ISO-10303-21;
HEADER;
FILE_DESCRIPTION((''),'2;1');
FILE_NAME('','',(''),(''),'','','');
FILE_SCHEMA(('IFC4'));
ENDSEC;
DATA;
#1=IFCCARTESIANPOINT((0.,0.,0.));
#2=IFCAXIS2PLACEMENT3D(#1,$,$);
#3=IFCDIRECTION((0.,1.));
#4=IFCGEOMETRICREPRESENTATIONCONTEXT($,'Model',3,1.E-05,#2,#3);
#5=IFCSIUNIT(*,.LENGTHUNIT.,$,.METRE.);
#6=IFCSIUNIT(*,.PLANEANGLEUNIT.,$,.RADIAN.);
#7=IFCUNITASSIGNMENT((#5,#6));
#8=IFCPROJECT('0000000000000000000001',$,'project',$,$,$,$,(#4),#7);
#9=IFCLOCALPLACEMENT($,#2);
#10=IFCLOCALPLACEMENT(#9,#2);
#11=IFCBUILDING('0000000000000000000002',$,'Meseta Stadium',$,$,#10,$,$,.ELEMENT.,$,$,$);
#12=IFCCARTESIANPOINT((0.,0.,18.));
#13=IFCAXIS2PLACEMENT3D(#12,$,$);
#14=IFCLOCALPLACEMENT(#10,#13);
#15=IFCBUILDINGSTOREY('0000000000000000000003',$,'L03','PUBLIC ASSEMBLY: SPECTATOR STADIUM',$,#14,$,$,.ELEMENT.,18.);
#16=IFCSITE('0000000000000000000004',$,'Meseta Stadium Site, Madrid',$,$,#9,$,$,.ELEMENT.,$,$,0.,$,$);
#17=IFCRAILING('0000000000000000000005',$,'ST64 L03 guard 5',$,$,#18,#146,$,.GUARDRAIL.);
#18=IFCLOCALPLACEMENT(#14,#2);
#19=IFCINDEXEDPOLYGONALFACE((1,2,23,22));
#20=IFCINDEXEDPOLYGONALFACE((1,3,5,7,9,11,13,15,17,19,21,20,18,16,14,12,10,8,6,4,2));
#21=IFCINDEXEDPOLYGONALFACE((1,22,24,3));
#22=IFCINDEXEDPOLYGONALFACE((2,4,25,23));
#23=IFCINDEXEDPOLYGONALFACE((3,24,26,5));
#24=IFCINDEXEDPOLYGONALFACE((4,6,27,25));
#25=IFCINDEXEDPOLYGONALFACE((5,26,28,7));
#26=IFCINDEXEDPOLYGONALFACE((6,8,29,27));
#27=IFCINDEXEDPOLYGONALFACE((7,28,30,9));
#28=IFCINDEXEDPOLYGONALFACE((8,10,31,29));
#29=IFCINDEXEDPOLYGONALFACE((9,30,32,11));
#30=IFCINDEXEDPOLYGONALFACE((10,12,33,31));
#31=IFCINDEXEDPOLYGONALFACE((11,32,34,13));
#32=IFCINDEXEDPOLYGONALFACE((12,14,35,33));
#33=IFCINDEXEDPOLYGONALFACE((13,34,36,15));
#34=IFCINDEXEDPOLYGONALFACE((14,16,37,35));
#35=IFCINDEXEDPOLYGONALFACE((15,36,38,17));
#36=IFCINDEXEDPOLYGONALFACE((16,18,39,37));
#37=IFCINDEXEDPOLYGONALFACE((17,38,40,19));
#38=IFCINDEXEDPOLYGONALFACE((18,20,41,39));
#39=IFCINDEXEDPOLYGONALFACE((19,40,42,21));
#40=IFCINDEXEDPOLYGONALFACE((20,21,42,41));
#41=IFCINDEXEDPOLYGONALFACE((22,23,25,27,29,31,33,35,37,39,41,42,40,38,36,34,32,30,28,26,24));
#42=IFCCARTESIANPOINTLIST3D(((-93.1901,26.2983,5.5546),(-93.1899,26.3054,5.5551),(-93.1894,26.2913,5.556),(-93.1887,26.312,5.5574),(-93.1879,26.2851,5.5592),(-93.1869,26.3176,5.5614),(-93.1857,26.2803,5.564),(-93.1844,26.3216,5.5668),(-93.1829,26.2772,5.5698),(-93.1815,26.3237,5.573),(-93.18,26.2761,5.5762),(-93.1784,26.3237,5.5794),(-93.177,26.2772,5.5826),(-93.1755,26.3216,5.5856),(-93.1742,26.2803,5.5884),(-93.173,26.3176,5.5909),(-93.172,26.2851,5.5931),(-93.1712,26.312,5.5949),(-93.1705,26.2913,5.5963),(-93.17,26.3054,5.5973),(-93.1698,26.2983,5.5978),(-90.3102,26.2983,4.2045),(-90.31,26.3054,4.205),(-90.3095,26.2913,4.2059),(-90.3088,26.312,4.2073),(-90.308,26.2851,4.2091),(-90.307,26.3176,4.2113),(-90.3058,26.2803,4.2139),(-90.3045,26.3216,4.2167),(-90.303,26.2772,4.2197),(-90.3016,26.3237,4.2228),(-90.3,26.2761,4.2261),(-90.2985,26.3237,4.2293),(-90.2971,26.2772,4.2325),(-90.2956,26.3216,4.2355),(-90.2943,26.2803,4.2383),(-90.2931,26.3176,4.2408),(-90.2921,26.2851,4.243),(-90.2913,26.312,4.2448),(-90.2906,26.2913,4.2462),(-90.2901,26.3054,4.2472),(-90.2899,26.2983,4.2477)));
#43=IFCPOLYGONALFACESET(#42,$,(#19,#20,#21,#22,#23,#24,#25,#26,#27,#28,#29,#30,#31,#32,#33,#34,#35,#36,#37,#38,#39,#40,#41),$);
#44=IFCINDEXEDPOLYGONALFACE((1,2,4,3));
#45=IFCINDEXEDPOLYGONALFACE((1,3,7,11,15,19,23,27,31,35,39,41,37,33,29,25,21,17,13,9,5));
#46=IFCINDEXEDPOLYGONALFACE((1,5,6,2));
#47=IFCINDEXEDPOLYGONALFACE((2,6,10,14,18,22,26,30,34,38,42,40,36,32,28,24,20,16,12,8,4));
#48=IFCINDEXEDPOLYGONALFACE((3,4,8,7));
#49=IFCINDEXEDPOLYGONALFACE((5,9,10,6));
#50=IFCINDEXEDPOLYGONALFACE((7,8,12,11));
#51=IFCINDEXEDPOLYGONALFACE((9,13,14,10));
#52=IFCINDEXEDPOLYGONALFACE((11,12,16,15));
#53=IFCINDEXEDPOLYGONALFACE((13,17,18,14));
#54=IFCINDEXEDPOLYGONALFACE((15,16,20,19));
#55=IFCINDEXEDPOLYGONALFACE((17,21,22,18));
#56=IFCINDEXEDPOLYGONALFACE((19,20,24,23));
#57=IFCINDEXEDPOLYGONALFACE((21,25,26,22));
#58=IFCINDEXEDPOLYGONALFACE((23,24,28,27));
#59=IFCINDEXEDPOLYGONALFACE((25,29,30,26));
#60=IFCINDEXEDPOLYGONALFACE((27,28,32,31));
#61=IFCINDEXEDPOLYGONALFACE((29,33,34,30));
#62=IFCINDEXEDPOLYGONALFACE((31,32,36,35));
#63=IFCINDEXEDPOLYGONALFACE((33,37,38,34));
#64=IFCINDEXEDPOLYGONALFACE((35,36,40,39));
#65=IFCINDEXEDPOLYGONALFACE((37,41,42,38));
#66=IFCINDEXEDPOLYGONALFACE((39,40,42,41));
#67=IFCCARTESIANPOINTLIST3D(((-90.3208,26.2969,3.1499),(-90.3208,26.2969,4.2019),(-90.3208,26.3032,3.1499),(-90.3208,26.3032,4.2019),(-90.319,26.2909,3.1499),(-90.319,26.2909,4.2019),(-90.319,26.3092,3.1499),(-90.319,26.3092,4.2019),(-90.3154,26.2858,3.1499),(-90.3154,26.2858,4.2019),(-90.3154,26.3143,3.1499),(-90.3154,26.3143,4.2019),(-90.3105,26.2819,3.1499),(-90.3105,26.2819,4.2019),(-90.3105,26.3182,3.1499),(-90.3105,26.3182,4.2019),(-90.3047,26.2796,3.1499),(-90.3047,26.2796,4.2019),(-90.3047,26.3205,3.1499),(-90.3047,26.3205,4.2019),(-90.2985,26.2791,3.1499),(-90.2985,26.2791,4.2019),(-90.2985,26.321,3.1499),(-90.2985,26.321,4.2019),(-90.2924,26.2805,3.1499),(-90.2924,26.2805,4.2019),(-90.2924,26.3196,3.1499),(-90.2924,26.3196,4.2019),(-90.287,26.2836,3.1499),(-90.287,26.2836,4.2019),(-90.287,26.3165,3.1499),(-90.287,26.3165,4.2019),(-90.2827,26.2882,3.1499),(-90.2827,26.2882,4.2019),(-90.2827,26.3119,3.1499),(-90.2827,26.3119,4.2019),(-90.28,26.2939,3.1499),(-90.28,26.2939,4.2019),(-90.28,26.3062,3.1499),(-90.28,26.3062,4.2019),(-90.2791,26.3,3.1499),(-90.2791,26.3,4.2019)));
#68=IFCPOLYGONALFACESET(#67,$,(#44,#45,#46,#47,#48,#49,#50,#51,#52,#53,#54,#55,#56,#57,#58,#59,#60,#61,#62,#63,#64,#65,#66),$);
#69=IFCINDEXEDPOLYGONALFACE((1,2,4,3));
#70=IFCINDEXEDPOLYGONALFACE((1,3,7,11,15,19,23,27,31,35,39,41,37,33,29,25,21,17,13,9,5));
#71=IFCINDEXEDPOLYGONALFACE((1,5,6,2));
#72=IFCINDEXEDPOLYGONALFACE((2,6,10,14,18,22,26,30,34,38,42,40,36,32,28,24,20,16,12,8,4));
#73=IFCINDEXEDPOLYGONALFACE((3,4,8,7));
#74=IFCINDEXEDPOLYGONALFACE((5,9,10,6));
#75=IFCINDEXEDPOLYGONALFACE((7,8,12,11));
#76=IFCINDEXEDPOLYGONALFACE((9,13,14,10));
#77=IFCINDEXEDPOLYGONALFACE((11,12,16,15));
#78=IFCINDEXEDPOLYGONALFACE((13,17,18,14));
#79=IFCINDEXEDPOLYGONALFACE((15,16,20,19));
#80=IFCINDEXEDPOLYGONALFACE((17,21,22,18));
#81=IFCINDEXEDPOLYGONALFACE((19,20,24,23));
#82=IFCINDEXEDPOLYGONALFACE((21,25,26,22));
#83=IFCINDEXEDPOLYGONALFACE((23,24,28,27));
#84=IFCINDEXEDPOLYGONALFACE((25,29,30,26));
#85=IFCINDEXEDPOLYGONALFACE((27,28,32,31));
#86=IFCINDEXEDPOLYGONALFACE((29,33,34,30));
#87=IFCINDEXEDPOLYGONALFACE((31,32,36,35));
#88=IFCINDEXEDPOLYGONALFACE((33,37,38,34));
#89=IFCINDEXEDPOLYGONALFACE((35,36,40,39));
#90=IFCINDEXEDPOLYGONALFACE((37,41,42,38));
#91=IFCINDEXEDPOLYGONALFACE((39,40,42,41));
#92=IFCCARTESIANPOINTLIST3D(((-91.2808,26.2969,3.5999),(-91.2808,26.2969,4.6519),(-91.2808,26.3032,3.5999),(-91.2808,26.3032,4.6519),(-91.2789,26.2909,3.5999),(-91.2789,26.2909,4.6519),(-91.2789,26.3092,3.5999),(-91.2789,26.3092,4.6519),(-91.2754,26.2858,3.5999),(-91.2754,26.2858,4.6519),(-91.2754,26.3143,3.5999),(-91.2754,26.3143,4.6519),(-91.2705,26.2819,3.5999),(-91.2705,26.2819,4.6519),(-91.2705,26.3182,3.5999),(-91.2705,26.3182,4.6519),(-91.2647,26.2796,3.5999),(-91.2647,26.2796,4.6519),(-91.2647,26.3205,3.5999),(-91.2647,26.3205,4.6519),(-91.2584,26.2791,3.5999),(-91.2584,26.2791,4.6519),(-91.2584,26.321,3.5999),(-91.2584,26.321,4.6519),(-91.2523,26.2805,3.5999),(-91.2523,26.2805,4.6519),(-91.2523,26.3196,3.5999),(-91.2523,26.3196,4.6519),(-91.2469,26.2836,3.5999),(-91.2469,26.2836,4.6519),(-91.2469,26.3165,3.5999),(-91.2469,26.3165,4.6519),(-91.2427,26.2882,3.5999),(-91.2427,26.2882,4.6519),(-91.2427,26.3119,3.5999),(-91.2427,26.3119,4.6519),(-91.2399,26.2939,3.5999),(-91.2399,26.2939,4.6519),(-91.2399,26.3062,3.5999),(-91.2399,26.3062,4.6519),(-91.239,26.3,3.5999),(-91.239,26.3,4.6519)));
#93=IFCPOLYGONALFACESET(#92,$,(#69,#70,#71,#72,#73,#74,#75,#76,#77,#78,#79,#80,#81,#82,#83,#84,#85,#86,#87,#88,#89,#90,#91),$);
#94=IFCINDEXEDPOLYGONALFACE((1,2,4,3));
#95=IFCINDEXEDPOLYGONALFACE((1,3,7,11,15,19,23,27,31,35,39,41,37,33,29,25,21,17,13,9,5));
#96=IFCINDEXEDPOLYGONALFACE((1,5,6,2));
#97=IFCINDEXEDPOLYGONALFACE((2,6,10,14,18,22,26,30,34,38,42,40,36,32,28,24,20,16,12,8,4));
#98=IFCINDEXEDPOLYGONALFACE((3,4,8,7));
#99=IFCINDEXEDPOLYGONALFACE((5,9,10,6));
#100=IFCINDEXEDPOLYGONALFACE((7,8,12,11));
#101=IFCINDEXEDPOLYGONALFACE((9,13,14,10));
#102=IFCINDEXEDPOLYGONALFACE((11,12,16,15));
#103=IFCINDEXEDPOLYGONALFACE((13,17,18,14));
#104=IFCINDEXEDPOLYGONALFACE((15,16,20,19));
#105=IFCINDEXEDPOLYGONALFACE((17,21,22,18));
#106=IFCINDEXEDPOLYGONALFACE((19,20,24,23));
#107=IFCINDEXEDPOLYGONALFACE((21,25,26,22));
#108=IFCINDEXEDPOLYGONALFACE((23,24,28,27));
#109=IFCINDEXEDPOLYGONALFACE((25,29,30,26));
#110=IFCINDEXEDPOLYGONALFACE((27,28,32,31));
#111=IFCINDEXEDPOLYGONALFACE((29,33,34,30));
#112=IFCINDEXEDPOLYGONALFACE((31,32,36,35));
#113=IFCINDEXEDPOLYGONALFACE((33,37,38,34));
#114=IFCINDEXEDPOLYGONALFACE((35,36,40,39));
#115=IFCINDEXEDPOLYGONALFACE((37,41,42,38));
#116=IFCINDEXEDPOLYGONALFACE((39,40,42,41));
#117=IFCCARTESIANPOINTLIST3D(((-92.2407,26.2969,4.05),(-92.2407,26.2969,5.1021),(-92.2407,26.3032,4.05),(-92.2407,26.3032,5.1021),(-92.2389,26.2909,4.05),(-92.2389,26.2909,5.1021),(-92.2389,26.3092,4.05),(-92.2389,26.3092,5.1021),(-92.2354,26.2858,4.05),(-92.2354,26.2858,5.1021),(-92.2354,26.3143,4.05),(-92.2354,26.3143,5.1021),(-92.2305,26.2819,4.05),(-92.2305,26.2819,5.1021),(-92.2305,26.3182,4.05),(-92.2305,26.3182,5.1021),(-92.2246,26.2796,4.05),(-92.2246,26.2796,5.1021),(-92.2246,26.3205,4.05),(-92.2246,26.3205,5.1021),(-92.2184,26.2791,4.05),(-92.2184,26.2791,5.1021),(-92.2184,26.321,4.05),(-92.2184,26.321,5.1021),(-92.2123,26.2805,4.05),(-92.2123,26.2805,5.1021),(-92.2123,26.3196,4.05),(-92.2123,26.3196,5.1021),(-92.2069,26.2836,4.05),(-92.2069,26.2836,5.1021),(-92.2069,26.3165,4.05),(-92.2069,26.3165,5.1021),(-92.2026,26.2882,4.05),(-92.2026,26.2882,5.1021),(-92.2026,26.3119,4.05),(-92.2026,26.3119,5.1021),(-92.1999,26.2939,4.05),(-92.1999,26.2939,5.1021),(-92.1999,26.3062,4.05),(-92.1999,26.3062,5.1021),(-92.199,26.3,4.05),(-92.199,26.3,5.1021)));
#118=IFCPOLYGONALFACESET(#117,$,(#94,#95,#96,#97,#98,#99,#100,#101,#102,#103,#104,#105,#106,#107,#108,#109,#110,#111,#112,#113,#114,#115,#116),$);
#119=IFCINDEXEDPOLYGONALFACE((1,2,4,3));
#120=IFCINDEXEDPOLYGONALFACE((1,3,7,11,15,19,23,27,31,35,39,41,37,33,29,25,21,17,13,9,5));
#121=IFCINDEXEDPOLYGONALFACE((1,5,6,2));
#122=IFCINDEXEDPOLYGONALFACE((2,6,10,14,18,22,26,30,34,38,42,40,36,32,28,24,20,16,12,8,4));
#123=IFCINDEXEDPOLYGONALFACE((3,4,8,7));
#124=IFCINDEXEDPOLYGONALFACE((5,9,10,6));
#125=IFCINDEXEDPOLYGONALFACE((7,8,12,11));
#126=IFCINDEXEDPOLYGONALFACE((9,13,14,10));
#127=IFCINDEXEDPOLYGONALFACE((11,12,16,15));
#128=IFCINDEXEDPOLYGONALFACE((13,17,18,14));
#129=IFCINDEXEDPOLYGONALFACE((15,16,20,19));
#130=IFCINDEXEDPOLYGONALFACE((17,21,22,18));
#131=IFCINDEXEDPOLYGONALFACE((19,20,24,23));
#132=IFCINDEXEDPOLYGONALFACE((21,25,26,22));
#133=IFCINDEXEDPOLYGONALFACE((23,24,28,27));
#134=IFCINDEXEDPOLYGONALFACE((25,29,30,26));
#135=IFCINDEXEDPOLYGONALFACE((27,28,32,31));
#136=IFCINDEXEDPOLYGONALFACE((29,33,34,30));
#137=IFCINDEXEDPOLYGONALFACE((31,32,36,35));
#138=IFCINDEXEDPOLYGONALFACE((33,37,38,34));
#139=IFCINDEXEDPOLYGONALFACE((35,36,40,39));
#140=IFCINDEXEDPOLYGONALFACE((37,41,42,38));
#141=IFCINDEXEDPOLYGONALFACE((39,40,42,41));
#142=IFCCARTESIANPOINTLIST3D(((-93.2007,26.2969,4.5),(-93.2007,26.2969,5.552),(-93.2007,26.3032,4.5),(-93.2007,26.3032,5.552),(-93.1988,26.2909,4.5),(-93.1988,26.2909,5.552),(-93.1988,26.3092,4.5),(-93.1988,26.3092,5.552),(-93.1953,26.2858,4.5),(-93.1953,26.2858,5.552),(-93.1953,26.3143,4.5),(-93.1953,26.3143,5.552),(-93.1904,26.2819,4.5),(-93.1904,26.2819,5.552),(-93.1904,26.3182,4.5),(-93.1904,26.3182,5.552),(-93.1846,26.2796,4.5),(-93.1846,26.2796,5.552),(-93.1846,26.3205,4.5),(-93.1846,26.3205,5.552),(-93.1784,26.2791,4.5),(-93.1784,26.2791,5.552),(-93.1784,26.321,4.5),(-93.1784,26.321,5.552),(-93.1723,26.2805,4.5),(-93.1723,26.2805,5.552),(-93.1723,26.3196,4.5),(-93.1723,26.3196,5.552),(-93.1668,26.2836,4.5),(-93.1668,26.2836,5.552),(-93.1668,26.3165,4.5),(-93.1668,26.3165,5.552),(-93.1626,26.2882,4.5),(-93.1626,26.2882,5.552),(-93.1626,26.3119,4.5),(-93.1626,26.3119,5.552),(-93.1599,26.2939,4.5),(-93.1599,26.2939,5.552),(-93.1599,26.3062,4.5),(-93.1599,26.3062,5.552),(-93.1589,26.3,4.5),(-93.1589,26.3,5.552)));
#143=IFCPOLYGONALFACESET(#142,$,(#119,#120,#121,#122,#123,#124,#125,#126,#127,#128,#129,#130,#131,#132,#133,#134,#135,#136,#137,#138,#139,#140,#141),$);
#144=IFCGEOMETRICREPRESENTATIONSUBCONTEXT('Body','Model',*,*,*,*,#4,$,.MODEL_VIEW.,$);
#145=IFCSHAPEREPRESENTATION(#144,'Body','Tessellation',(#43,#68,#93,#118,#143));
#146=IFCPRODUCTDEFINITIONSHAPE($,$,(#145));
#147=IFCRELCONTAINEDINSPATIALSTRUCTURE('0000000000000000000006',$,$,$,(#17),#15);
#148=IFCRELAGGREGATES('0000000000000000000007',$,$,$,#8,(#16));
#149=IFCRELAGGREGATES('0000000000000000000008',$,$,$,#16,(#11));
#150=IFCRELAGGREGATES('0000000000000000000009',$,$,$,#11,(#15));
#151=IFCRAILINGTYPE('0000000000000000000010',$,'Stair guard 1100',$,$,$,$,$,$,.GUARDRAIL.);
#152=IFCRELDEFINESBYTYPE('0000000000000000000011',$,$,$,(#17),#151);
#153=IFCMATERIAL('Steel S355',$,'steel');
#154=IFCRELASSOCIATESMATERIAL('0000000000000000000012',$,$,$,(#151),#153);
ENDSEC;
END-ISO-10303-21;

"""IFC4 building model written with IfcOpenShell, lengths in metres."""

from ifc_helpers import new_model, si_unit, direction, frame, origin, origin_2d, place, context, subcontext, project, spatial, circle, extrude, material, type_object, element, save


model = new_model("IFC4")

# Units and contexts
model_context = context("Model", 3, precision=1e-05, world=origin(), true_north=direction((0.0, 1.0)))
body_context = subcontext(model_context, "Body", "Model", "MODEL_VIEW")
ifc_project = project(units=[si_unit("LENGTHUNIT", "METRE"), si_unit("PLANEANGLEUNIT", "RADIAN")], contexts=[model_context])

# Site, building, storey
site_placement = place(None, origin())
site = spatial("IfcSite", under=ifc_project, at=site_placement, Name="Meseta Stadium Site, Madrid", CompositionType="ELEMENT", RefElevation=0.0)
building_placement = place(site_placement, origin())
building = spatial("IfcBuilding", under=site, at=building_placement, Name="Meseta Stadium", CompositionType="ELEMENT")
storey_placement = place(building_placement, frame((0.0, 0.0, 18.0)))
storey = spatial("IfcBuildingStorey", under=building, at=storey_placement, Name="L03", Description="PUBLIC ASSEMBLY: SPECTATOR STADIUM", CompositionType="ELEMENT", Elevation=18.0)

# Railing
ifc_material_1 = material(Name="Steel S355", Category="steel")
railing_type_1 = type_object("IfcRailingType", Name="Stair guard 1100", PredefinedType="GUARDRAIL", material=ifc_material_1)
for number, where, name in (
    (1, (-90.3, 26.3, 3.1499), "ST64 L03 guard 5"),
):
    element("IfcRailing", number, at=place(storey_placement, frame(where)), inside=storey, type_object=railing_type_1, Name=name, PredefinedType="GUARDRAIL", context=body_context, shape_type="SweptSolid", body=[
        extrude(circle(Radius=0.0239, at=origin_2d()), frame((0.0, 0.0, 1.0762), z_axis=(-0.90544, 0.0, 0.424473), x_axis=(0.0, -1.0, 0.0)), (0.0, 0.0, 1.0), 3.1807),
        extrude(circle(Radius=0.021, at=origin_2d()), origin(), (0.0, 0.0, 1.0), 1.052),
        extrude(circle(Radius=0.021, at=origin_2d()), frame((-0.96, 0.0, 0.45)), (0.0, 0.0, 1.0), 1.052),
        extrude(circle(Radius=0.021, at=origin_2d()), frame((-1.9199, 0.0, 0.9001)), (0.0, 0.0, 1.0), 1.052),
        extrude(circle(Radius=0.021, at=origin_2d()), frame((-2.8799, 0.0, 1.3501)), (0.0, 0.0, 1.0), 1.052),
    ])

save(model, "model.ifc")
